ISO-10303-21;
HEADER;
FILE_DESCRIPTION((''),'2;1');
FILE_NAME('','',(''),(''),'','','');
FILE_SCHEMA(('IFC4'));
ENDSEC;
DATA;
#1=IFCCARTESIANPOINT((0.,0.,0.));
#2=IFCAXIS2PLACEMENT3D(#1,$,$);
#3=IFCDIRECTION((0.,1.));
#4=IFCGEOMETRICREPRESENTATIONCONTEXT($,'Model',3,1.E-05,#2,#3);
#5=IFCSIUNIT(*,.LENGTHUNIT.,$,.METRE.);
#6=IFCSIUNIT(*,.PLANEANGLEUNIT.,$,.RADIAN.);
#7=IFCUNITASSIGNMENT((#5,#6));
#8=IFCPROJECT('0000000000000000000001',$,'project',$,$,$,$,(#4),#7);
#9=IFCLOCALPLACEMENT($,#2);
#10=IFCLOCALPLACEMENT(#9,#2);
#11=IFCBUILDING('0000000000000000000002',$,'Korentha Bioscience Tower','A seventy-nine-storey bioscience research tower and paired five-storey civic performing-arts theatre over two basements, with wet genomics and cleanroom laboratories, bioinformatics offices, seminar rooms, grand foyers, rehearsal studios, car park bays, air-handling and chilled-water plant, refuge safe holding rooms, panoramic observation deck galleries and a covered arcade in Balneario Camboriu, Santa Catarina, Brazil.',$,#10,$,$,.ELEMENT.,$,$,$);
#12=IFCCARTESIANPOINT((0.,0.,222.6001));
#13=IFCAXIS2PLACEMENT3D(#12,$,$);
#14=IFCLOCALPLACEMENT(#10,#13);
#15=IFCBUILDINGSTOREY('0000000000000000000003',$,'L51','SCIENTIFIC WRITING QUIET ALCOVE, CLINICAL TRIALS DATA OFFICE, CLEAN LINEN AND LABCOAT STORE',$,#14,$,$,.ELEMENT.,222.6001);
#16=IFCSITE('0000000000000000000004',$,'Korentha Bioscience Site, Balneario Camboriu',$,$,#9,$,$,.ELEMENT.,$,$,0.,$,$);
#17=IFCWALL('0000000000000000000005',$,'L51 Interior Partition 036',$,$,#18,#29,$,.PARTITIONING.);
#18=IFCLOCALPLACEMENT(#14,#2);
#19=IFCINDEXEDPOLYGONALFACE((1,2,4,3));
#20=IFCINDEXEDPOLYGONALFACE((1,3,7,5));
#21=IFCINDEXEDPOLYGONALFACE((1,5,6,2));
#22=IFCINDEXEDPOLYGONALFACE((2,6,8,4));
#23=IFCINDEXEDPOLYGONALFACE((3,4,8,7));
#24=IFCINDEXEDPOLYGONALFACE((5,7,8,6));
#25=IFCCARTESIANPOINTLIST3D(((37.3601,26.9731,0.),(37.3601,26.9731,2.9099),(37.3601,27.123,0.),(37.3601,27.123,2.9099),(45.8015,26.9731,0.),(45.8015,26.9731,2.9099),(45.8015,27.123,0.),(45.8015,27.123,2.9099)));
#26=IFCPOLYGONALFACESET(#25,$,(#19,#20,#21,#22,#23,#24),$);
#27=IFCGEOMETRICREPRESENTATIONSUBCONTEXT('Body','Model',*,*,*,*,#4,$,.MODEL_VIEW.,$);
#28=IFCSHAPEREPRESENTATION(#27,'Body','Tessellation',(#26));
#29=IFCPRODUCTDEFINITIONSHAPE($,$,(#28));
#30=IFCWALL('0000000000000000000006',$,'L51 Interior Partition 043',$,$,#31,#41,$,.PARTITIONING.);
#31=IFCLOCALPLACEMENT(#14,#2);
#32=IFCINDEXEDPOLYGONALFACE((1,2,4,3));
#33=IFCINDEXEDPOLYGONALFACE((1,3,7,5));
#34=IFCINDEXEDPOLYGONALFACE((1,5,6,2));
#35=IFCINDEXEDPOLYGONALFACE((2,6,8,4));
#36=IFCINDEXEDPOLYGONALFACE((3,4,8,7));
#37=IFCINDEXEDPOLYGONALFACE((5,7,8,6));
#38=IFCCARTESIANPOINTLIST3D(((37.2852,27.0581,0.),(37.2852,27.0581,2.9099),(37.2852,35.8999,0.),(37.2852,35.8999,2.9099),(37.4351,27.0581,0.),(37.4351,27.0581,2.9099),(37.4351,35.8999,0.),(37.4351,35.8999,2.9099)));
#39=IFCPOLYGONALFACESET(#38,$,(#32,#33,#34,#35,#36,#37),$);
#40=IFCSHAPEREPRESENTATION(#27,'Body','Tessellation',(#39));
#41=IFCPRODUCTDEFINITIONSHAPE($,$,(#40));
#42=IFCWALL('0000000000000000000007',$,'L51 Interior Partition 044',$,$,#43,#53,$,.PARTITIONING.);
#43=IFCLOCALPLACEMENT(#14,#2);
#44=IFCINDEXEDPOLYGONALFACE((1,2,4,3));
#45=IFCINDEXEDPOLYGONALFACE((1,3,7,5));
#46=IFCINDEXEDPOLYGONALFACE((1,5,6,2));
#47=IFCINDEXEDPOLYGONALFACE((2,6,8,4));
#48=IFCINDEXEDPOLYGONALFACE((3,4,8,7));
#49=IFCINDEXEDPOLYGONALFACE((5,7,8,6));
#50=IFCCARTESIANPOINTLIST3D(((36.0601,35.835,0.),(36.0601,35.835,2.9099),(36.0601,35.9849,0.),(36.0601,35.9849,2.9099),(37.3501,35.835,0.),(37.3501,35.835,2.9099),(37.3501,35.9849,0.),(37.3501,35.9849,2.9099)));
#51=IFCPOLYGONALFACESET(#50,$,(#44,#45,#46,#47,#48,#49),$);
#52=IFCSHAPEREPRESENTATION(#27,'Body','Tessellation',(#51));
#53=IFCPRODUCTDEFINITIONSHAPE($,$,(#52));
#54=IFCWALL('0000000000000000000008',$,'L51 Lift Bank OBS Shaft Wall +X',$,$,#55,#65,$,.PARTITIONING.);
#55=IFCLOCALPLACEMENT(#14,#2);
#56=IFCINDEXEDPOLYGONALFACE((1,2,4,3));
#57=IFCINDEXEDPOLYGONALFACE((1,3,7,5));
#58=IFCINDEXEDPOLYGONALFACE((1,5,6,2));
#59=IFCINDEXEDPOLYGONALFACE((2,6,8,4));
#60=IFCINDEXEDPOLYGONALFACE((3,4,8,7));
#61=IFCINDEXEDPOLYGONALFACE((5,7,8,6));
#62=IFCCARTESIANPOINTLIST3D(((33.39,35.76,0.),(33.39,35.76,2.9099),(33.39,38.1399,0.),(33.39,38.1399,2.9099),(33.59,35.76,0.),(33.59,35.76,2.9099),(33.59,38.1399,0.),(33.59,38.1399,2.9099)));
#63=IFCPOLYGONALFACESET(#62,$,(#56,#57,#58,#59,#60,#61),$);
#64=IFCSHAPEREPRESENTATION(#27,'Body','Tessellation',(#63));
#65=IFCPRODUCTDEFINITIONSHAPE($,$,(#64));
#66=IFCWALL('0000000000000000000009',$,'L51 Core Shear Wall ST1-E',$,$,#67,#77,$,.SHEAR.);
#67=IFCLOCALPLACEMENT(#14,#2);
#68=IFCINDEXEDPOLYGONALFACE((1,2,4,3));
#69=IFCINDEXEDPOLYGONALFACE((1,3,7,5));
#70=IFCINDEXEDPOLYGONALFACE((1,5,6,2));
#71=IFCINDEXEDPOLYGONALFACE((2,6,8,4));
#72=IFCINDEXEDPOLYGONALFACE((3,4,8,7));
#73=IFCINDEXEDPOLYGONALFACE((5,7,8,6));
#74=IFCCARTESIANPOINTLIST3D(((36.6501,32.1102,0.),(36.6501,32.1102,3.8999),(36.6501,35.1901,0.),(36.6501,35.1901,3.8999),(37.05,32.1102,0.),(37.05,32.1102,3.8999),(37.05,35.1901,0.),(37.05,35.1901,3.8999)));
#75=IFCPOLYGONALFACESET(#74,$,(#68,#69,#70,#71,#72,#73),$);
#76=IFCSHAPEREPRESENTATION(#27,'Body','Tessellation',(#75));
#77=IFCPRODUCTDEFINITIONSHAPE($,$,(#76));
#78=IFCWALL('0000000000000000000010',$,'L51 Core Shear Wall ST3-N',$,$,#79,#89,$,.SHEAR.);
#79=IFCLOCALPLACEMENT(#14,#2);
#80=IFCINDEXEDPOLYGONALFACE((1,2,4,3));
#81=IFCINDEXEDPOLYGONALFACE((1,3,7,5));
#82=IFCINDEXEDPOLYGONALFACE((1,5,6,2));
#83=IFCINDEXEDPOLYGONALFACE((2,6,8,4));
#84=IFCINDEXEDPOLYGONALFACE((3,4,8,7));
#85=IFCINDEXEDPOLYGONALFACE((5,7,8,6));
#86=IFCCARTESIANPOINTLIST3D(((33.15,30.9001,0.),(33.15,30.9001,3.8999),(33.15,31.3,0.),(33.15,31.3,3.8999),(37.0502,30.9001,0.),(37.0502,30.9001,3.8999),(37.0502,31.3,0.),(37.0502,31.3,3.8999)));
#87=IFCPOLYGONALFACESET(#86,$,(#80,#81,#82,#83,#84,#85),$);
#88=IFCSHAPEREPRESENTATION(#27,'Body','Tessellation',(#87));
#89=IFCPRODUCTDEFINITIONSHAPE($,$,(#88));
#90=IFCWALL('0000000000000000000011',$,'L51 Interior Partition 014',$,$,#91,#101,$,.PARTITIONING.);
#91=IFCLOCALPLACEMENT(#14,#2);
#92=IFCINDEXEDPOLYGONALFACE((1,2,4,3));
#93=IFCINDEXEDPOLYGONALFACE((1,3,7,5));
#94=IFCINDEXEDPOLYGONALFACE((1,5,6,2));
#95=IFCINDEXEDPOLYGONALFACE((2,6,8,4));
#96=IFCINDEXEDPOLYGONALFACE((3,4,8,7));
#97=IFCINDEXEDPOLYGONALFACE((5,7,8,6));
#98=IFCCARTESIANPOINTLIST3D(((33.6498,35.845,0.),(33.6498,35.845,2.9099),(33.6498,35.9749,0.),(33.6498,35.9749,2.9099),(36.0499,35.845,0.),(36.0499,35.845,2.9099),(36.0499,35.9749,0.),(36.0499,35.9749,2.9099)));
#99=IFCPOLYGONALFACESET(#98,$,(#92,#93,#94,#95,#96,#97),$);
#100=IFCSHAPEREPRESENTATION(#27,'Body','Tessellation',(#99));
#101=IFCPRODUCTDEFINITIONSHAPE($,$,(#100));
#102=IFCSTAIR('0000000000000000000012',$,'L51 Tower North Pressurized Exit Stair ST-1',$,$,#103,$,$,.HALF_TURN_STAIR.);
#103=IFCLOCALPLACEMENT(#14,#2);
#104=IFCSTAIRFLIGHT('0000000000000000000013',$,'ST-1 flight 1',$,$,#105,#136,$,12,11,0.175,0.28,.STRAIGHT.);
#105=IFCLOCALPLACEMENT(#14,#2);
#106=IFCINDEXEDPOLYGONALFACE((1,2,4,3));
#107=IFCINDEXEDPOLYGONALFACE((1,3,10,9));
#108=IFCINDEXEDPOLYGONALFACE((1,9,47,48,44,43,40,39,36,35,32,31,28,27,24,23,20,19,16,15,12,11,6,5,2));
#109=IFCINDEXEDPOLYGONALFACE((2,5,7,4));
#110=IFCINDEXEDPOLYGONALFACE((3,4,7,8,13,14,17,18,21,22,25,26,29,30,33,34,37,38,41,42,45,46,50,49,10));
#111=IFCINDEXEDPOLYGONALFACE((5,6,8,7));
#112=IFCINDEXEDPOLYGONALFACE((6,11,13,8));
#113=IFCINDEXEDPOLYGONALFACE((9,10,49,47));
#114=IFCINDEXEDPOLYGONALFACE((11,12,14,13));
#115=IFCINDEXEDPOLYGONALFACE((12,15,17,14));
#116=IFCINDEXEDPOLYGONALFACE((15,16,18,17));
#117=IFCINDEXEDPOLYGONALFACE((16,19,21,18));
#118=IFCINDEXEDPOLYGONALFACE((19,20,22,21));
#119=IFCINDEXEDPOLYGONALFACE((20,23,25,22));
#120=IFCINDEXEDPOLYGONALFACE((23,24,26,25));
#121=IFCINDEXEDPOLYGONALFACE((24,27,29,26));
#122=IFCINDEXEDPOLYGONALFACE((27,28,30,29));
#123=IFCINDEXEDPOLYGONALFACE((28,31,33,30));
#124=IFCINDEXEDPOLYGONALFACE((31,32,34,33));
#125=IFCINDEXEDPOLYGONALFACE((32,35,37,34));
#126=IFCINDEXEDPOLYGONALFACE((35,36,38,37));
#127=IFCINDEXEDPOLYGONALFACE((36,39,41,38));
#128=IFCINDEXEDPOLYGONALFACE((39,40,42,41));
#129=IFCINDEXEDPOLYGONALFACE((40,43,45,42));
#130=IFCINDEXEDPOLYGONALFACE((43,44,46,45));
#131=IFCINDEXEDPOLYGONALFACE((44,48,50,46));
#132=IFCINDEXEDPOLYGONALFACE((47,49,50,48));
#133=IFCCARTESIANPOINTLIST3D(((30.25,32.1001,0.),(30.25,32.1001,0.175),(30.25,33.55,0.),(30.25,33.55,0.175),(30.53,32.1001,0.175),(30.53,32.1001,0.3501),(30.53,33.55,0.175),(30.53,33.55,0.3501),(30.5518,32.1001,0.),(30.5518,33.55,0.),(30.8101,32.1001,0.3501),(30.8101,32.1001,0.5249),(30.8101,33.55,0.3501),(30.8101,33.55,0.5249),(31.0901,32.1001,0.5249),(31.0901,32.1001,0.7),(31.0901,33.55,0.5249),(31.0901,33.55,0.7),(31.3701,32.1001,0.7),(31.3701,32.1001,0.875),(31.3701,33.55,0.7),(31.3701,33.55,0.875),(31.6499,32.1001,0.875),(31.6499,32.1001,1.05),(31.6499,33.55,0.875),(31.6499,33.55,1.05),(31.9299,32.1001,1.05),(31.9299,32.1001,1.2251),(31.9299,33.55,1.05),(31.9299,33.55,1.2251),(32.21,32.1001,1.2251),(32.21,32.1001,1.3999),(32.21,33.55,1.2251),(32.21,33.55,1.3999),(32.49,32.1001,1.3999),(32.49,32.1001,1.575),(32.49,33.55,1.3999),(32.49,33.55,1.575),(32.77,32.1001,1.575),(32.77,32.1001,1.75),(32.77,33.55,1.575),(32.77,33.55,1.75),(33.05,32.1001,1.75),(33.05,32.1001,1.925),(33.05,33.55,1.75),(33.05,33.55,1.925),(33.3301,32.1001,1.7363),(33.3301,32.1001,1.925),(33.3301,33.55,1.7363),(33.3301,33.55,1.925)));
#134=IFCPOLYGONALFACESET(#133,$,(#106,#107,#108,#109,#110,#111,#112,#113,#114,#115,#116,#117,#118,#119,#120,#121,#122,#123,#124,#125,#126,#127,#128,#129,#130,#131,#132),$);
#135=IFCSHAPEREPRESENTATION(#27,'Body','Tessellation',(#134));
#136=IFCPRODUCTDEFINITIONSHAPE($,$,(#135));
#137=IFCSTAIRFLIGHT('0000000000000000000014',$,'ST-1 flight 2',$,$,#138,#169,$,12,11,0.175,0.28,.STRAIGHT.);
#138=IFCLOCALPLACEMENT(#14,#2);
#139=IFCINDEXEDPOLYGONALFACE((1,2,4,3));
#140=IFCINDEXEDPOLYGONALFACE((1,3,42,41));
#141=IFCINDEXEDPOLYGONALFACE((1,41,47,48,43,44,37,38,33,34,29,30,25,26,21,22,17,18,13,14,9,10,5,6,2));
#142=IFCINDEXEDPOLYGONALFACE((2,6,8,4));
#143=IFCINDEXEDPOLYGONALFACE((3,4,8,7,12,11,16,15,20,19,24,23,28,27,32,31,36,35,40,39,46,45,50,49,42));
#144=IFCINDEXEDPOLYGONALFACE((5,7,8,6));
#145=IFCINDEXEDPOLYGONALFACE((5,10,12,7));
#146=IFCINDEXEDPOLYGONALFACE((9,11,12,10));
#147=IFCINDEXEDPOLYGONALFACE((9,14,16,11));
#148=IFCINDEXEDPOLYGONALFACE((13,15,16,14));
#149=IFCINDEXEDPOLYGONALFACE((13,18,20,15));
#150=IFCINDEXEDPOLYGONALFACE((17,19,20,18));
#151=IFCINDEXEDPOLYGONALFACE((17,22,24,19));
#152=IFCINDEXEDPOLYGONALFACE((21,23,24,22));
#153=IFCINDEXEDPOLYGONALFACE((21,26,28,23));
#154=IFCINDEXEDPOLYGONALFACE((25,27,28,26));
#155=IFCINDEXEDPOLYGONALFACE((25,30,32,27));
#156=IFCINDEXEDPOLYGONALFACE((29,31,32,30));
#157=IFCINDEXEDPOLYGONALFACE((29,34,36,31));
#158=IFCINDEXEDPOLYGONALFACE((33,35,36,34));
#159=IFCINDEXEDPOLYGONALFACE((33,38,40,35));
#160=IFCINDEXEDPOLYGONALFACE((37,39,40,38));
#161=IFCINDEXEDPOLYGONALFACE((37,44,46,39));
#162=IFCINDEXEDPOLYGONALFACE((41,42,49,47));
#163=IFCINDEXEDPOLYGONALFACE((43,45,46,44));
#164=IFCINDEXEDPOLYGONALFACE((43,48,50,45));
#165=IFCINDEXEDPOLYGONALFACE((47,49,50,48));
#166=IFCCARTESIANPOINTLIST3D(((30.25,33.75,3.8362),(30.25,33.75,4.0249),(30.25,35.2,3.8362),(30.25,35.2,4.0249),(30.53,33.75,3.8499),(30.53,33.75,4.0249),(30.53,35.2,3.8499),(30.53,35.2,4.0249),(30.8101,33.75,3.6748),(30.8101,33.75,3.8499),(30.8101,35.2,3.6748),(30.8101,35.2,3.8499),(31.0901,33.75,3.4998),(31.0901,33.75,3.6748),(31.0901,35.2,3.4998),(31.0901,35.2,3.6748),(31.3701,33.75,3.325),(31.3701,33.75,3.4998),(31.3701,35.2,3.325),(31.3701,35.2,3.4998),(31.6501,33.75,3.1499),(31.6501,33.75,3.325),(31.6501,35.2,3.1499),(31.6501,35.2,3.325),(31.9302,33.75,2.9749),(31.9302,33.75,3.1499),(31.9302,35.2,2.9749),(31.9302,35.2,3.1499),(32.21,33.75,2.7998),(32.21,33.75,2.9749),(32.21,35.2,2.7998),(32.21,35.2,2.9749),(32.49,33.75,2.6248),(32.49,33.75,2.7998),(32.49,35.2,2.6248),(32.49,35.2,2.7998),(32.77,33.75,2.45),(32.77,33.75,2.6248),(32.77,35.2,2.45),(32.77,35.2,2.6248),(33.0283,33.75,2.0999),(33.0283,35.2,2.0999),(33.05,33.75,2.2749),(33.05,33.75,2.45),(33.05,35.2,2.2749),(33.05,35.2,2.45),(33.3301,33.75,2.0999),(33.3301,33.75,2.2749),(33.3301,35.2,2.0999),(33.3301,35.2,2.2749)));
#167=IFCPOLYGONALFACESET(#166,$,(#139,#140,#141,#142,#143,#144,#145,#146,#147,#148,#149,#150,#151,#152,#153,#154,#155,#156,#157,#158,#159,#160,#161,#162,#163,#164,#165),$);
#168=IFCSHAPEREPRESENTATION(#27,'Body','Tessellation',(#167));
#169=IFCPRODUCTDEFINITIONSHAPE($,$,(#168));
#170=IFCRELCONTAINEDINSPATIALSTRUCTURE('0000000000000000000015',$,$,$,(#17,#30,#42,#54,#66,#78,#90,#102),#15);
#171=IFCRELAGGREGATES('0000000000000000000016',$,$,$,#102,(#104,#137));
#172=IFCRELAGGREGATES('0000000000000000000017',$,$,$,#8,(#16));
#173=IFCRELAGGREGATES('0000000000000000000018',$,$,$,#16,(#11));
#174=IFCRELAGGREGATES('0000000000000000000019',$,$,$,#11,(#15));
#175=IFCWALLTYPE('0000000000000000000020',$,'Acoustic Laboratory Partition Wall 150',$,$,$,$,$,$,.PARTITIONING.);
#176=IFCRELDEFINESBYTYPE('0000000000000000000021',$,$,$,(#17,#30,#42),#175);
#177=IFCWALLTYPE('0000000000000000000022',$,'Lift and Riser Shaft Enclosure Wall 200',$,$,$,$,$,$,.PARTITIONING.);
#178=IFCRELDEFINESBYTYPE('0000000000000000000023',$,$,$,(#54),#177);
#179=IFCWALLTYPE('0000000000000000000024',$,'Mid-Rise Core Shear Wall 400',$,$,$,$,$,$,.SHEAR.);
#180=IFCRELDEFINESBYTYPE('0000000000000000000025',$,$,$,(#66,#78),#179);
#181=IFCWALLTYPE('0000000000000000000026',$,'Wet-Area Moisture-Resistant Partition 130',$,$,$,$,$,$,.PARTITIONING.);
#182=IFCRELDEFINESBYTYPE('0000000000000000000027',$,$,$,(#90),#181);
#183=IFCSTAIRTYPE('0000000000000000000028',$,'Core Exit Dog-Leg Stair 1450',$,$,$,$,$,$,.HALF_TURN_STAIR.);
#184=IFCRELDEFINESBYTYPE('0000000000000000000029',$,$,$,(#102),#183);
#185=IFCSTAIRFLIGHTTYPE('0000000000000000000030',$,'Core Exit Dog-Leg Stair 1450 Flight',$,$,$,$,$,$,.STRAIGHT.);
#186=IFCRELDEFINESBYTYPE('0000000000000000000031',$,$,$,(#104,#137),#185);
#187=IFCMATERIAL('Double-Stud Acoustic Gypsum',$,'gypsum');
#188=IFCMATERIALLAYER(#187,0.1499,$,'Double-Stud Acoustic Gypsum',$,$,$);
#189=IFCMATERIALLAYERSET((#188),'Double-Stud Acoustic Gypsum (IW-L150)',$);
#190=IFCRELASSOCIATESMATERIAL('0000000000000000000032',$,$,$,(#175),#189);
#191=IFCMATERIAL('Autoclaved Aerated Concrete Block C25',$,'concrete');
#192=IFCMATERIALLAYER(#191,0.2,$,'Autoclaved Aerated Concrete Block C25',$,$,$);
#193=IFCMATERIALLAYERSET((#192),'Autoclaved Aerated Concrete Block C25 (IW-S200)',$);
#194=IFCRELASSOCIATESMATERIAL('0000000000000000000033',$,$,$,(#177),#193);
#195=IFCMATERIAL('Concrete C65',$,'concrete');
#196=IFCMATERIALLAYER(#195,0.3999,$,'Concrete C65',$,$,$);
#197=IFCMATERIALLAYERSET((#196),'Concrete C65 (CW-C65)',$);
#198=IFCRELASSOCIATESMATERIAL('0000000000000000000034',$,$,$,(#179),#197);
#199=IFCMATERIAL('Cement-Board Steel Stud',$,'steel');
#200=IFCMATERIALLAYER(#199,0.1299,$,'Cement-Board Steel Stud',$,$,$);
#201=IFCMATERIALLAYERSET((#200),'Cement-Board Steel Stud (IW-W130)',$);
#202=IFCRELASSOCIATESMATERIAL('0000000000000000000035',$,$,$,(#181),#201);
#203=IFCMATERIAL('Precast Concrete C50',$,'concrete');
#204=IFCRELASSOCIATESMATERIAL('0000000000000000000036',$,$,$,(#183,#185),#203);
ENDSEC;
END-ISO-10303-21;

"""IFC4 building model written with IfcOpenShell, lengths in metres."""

from ifc_helpers import new_model, si_unit, direction, frame, frame_2d, origin, place, context, subcontext, project, spatial, polyline, rectangle, outline, extrude, material, layer, layer_set, type_object, element, aggregate, save


model = new_model("IFC4")

# Units and contexts
model_context = context("Model", 3, precision=1e-05, world=origin(), true_north=direction((0.0, 1.0)))
body_context = subcontext(model_context, "Body", "Model", "MODEL_VIEW")
ifc_project = project(units=[si_unit("LENGTHUNIT", "METRE"), si_unit("PLANEANGLEUNIT", "RADIAN")], contexts=[model_context])

# Site, building, storey
site_placement = place(None, origin())
site = spatial("IfcSite", under=ifc_project, at=site_placement, Name="Korentha Bioscience Site, Balneario Camboriu", CompositionType="ELEMENT", RefElevation=0.0)
building_placement = place(site_placement, origin())
building = spatial("IfcBuilding", under=site, at=building_placement, Name="Korentha Bioscience Tower", Description="A seventy-nine-storey bioscience research tower and paired five-storey civic performing-arts theatre over two basements, with wet genomics and cleanroom laboratories, bioinformatics offices, seminar rooms, grand foyers, rehearsal studios, car park bays, air-handling and chilled-water plant, refuge safe holding rooms, panoramic observation deck galleries and a covered arcade in Balneario Camboriu, Santa Catarina, Brazil.", CompositionType="ELEMENT")
storey_placement = place(building_placement, frame((0.0, 0.0, 222.6001)))
storey = spatial("IfcBuildingStorey", under=building, at=storey_placement, Name="L51", Description="SCIENTIFIC WRITING QUIET ALCOVE, CLINICAL TRIALS DATA OFFICE, CLEAN LINEN AND LABCOAT STORE", CompositionType="ELEMENT", Elevation=222.6001)

# Shared definitions
ifc_material_1 = material(Name="Concrete C65", Category="concrete")

# Walls
ifc_material_2 = material(Name="Double-Stud Acoustic Gypsum", Category="gypsum")
ifc_layer_1 = layer(ifc_material_2, 0.1499, Name="Double-Stud Acoustic Gypsum")
ifc_layer_set_1 = layer_set([ifc_layer_1], Name="Double-Stud Acoustic Gypsum (IW-L150)")
wall_type_1 = type_object("IfcWallType", Name="Acoustic Laboratory Partition Wall 150", PredefinedType="PARTITIONING", material=ifc_layer_set_1)
wall_1_placement = place(storey_placement, frame((37.3601, 27.0481, 0.0), z_axis=(0.0, 0.0, 1.0), x_axis=(1.0, 0.0, 0.0)))
element("IfcWall", 1, at=wall_1_placement, inside=storey, type_object=wall_type_1, Name="L51 Interior Partition 036", PredefinedType="PARTITIONING", context=body_context, shape_type="SweptSolid", body=[
    extrude(rectangle(XDim=8.4414, YDim=0.1499, at=frame_2d((4.2207, 0.0))), origin(), (0.0, 0.0, 1.0), 2.9099),
])
wall_2_placement = place(storey_placement, frame((37.3601, 27.0581, 0.0), z_axis=(0.0, 0.0, 1.0), x_axis=(0.0, 1.0, 0.0)))
element("IfcWall", 2, at=wall_2_placement, inside=storey, type_object=wall_type_1, Name="L51 Interior Partition 043", PredefinedType="PARTITIONING", context=body_context, shape_type="SweptSolid", body=[
    extrude(rectangle(XDim=8.8418, YDim=0.1499, at=frame_2d((4.4209, 0.0))), origin(), (0.0, 0.0, 1.0), 2.9099),
])
wall_3_placement = place(storey_placement, frame((37.3501, 35.9099, 0.0), z_axis=(0.0, 0.0, 1.0), x_axis=(-1.0, 0.0, 0.0)))
element("IfcWall", 3, at=wall_3_placement, inside=storey, type_object=wall_type_1, Name="L51 Interior Partition 044", PredefinedType="PARTITIONING", context=body_context, shape_type="SweptSolid", body=[
    extrude(rectangle(XDim=1.29, YDim=0.1499, at=frame_2d((0.645, 0.0))), origin(), (0.0, 0.0, 1.0), 2.9099),
])
ifc_material_3 = material(Name="Autoclaved Aerated Concrete Block C25", Category="concrete")
ifc_layer_2 = layer(ifc_material_3, 0.2, Name="Autoclaved Aerated Concrete Block C25")
ifc_layer_set_2 = layer_set([ifc_layer_2], Name="Autoclaved Aerated Concrete Block C25 (IW-S200)")
wall_type_2 = type_object("IfcWallType", Name="Lift and Riser Shaft Enclosure Wall 200", PredefinedType="PARTITIONING", material=ifc_layer_set_2)
wall_4_placement = place(storey_placement, frame((33.49, 35.76, 0.0), z_axis=(0.0, 0.0, 1.0), x_axis=(0.0, 1.0, 0.0)))
element("IfcWall", 4, at=wall_4_placement, inside=storey, type_object=wall_type_2, Name="L51 Lift Bank OBS Shaft Wall +X", PredefinedType="PARTITIONING", context=body_context, shape_type="SweptSolid", body=[
    extrude(rectangle(XDim=2.3799, YDim=0.2, at=frame_2d((1.1899, 0.0))), origin(), (0.0, 0.0, 1.0), 2.9099),
])
ifc_layer_3 = layer(ifc_material_1, 0.3999, Name="Concrete C65")
ifc_layer_set_3 = layer_set([ifc_layer_3], Name="Concrete C65 (CW-C65)")
wall_type_3 = type_object("IfcWallType", Name="Mid-Rise Core Shear Wall 400", PredefinedType="SHEAR", material=ifc_layer_set_3)
wall_5_placement = place(storey_placement, frame((36.8501, 32.1101, 0.0), z_axis=(0.0, 0.0, 1.0), x_axis=(0.0, 1.0, 0.0)))
element("IfcWall", 5, at=wall_5_placement, inside=storey, type_object=wall_type_3, Name="L51 Core Shear Wall ST1-E", PredefinedType="SHEAR", context=body_context, shape_type="SweptSolid", body=[
    extrude(rectangle(XDim=3.0798, YDim=0.3999, at=frame_2d((1.54, 0.0))), origin(), (0.0, 0.0, 1.0), 3.8999),
])
wall_6_placement = place(storey_placement, frame((33.1499, 31.1001, 0.0), z_axis=(0.0, 0.0, 1.0), x_axis=(1.0, 0.0, 0.0)))
element("IfcWall", 6, at=wall_6_placement, inside=storey, type_object=wall_type_3, Name="L51 Core Shear Wall ST3-N", PredefinedType="SHEAR", context=body_context, shape_type="SweptSolid", body=[
    extrude(rectangle(XDim=3.9001, YDim=0.3999, at=frame_2d((1.9502, 0.0))), origin(), (0.0, 0.0, 1.0), 3.8999),
])
ifc_material_4 = material(Name="Cement-Board Steel Stud", Category="steel")
ifc_layer_4 = layer(ifc_material_4, 0.1299, Name="Cement-Board Steel Stud")
ifc_layer_set_4 = layer_set([ifc_layer_4], Name="Cement-Board Steel Stud (IW-W130)")
wall_type_4 = type_object("IfcWallType", Name="Wet-Area Moisture-Resistant Partition 130", PredefinedType="PARTITIONING", material=ifc_layer_set_4)
wall_7_placement = place(storey_placement, frame((36.05, 35.9099, 0.0), z_axis=(0.0, 0.0, 1.0), x_axis=(-1.0, 0.0, 0.0)))
element("IfcWall", 7, at=wall_7_placement, inside=storey, type_object=wall_type_4, Name="L51 Interior Partition 014", PredefinedType="PARTITIONING", context=body_context, shape_type="SweptSolid", body=[
    extrude(rectangle(XDim=2.4001, YDim=0.1299, at=frame_2d((1.2002, 0.0))), origin(), (0.0, 0.0, 1.0), 2.9099),
])

# Stair, stair flights
ifc_material_5 = material(Name="Precast Concrete C50", Category="concrete")
stair_type = type_object("IfcStairType", Name="Core Exit Dog-Leg Stair 1450", PredefinedType="HALF_TURN_STAIR", material=ifc_material_5)
stair_1_placement = place(storey_placement, origin())
stair_1 = element("IfcStair", 8, at=stair_1_placement, inside=storey, type_object=stair_type, Name="L51 Tower North Pressurized Exit Stair ST-1", PredefinedType="HALF_TURN_STAIR")
stair_flight_type = type_object("IfcStairFlightType", Name="Core Exit Dog-Leg Stair 1450 Flight", PredefinedType="STRAIGHT", material=ifc_material_5)
stair_flight_1_placement = place(storey_placement, frame((30.25, 32.825, 0.0), z_axis=(0.0, 0.0, 1.0), x_axis=(1.0, 0.0, 0.0)))
stair_flight_1 = element("IfcStairFlight", 9, at=stair_flight_1_placement, type_object=stair_flight_type, Name="ST-1 flight 1", NumberOfRisers=12, NumberOfTreads=11, PredefinedType="STRAIGHT", RiserHeight=0.175, TreadLength=0.28, context=body_context, shape_type="SweptSolid", body=[
    extrude(outline(polyline([(0.0, 0.0), (0.0, 0.175), (0.28, 0.175), (0.28, 0.3501), (0.5601, 0.3501), (0.5601, 0.5249), (0.8401, 0.5249), (0.8401, 0.7), (1.1201, 0.7), (1.1201, 0.875), (1.3999, 0.875), (1.3999, 1.05), (1.6799, 1.05), (1.6799, 1.2251), (1.96, 1.2251), (1.96, 1.3999), (2.24, 1.3999), (2.24, 1.575), (2.52, 1.575), (2.52, 1.75), (2.8, 1.75), (2.8, 1.925), (3.0801, 1.925), (3.0801, 2.1001), (3.0801, 1.7363), (0.3018, 0.0), (0.0, 0.0)])), frame((0.0, 0.7251, 0.0), z_axis=(0.0, -1.0, 0.0), x_axis=(1.0, 0.0, 0.0)), (0.0, 0.0, 1.0), 1.45),
])
stair_flight_2_placement = place(storey_placement, frame((33.3301, 34.4751, 2.0999), z_axis=(0.0, 0.0, 1.0), x_axis=(-1.0, 0.0, 0.0)))
stair_flight_2 = element("IfcStairFlight", 10, at=stair_flight_2_placement, type_object=stair_flight_type, Name="ST-1 flight 2", NumberOfRisers=12, NumberOfTreads=11, PredefinedType="STRAIGHT", RiserHeight=0.175, TreadLength=0.28, context=body_context, shape_type="SweptSolid", body=[
    extrude(outline(polyline([(0.0, 0.0), (0.0, 0.175), (0.28, 0.175), (0.28, 0.3501), (0.5601, 0.3501), (0.5601, 0.5249), (0.8401, 0.5249), (0.8401, 0.7), (1.1201, 0.7), (1.1201, 0.875), (1.3999, 0.875), (1.3999, 1.05), (1.6799, 1.05), (1.6799, 1.2251), (1.96, 1.2251), (1.96, 1.3999), (2.24, 1.3999), (2.24, 1.575), (2.52, 1.575), (2.52, 1.75), (2.8, 1.75), (2.8, 1.925), (3.0801, 1.925), (3.0801, 2.1001), (3.0801, 1.7363), (0.3018, 0.0), (0.0, 0.0)])), frame((0.0, 0.7251, 0.0), z_axis=(0.0, -1.0, 0.0), x_axis=(1.0, 0.0, 0.0)), (0.0, 0.0, 1.0), 1.45),
])
aggregate(stair_1, [stair_flight_1, stair_flight_2])

save(model, "model.ifc")
